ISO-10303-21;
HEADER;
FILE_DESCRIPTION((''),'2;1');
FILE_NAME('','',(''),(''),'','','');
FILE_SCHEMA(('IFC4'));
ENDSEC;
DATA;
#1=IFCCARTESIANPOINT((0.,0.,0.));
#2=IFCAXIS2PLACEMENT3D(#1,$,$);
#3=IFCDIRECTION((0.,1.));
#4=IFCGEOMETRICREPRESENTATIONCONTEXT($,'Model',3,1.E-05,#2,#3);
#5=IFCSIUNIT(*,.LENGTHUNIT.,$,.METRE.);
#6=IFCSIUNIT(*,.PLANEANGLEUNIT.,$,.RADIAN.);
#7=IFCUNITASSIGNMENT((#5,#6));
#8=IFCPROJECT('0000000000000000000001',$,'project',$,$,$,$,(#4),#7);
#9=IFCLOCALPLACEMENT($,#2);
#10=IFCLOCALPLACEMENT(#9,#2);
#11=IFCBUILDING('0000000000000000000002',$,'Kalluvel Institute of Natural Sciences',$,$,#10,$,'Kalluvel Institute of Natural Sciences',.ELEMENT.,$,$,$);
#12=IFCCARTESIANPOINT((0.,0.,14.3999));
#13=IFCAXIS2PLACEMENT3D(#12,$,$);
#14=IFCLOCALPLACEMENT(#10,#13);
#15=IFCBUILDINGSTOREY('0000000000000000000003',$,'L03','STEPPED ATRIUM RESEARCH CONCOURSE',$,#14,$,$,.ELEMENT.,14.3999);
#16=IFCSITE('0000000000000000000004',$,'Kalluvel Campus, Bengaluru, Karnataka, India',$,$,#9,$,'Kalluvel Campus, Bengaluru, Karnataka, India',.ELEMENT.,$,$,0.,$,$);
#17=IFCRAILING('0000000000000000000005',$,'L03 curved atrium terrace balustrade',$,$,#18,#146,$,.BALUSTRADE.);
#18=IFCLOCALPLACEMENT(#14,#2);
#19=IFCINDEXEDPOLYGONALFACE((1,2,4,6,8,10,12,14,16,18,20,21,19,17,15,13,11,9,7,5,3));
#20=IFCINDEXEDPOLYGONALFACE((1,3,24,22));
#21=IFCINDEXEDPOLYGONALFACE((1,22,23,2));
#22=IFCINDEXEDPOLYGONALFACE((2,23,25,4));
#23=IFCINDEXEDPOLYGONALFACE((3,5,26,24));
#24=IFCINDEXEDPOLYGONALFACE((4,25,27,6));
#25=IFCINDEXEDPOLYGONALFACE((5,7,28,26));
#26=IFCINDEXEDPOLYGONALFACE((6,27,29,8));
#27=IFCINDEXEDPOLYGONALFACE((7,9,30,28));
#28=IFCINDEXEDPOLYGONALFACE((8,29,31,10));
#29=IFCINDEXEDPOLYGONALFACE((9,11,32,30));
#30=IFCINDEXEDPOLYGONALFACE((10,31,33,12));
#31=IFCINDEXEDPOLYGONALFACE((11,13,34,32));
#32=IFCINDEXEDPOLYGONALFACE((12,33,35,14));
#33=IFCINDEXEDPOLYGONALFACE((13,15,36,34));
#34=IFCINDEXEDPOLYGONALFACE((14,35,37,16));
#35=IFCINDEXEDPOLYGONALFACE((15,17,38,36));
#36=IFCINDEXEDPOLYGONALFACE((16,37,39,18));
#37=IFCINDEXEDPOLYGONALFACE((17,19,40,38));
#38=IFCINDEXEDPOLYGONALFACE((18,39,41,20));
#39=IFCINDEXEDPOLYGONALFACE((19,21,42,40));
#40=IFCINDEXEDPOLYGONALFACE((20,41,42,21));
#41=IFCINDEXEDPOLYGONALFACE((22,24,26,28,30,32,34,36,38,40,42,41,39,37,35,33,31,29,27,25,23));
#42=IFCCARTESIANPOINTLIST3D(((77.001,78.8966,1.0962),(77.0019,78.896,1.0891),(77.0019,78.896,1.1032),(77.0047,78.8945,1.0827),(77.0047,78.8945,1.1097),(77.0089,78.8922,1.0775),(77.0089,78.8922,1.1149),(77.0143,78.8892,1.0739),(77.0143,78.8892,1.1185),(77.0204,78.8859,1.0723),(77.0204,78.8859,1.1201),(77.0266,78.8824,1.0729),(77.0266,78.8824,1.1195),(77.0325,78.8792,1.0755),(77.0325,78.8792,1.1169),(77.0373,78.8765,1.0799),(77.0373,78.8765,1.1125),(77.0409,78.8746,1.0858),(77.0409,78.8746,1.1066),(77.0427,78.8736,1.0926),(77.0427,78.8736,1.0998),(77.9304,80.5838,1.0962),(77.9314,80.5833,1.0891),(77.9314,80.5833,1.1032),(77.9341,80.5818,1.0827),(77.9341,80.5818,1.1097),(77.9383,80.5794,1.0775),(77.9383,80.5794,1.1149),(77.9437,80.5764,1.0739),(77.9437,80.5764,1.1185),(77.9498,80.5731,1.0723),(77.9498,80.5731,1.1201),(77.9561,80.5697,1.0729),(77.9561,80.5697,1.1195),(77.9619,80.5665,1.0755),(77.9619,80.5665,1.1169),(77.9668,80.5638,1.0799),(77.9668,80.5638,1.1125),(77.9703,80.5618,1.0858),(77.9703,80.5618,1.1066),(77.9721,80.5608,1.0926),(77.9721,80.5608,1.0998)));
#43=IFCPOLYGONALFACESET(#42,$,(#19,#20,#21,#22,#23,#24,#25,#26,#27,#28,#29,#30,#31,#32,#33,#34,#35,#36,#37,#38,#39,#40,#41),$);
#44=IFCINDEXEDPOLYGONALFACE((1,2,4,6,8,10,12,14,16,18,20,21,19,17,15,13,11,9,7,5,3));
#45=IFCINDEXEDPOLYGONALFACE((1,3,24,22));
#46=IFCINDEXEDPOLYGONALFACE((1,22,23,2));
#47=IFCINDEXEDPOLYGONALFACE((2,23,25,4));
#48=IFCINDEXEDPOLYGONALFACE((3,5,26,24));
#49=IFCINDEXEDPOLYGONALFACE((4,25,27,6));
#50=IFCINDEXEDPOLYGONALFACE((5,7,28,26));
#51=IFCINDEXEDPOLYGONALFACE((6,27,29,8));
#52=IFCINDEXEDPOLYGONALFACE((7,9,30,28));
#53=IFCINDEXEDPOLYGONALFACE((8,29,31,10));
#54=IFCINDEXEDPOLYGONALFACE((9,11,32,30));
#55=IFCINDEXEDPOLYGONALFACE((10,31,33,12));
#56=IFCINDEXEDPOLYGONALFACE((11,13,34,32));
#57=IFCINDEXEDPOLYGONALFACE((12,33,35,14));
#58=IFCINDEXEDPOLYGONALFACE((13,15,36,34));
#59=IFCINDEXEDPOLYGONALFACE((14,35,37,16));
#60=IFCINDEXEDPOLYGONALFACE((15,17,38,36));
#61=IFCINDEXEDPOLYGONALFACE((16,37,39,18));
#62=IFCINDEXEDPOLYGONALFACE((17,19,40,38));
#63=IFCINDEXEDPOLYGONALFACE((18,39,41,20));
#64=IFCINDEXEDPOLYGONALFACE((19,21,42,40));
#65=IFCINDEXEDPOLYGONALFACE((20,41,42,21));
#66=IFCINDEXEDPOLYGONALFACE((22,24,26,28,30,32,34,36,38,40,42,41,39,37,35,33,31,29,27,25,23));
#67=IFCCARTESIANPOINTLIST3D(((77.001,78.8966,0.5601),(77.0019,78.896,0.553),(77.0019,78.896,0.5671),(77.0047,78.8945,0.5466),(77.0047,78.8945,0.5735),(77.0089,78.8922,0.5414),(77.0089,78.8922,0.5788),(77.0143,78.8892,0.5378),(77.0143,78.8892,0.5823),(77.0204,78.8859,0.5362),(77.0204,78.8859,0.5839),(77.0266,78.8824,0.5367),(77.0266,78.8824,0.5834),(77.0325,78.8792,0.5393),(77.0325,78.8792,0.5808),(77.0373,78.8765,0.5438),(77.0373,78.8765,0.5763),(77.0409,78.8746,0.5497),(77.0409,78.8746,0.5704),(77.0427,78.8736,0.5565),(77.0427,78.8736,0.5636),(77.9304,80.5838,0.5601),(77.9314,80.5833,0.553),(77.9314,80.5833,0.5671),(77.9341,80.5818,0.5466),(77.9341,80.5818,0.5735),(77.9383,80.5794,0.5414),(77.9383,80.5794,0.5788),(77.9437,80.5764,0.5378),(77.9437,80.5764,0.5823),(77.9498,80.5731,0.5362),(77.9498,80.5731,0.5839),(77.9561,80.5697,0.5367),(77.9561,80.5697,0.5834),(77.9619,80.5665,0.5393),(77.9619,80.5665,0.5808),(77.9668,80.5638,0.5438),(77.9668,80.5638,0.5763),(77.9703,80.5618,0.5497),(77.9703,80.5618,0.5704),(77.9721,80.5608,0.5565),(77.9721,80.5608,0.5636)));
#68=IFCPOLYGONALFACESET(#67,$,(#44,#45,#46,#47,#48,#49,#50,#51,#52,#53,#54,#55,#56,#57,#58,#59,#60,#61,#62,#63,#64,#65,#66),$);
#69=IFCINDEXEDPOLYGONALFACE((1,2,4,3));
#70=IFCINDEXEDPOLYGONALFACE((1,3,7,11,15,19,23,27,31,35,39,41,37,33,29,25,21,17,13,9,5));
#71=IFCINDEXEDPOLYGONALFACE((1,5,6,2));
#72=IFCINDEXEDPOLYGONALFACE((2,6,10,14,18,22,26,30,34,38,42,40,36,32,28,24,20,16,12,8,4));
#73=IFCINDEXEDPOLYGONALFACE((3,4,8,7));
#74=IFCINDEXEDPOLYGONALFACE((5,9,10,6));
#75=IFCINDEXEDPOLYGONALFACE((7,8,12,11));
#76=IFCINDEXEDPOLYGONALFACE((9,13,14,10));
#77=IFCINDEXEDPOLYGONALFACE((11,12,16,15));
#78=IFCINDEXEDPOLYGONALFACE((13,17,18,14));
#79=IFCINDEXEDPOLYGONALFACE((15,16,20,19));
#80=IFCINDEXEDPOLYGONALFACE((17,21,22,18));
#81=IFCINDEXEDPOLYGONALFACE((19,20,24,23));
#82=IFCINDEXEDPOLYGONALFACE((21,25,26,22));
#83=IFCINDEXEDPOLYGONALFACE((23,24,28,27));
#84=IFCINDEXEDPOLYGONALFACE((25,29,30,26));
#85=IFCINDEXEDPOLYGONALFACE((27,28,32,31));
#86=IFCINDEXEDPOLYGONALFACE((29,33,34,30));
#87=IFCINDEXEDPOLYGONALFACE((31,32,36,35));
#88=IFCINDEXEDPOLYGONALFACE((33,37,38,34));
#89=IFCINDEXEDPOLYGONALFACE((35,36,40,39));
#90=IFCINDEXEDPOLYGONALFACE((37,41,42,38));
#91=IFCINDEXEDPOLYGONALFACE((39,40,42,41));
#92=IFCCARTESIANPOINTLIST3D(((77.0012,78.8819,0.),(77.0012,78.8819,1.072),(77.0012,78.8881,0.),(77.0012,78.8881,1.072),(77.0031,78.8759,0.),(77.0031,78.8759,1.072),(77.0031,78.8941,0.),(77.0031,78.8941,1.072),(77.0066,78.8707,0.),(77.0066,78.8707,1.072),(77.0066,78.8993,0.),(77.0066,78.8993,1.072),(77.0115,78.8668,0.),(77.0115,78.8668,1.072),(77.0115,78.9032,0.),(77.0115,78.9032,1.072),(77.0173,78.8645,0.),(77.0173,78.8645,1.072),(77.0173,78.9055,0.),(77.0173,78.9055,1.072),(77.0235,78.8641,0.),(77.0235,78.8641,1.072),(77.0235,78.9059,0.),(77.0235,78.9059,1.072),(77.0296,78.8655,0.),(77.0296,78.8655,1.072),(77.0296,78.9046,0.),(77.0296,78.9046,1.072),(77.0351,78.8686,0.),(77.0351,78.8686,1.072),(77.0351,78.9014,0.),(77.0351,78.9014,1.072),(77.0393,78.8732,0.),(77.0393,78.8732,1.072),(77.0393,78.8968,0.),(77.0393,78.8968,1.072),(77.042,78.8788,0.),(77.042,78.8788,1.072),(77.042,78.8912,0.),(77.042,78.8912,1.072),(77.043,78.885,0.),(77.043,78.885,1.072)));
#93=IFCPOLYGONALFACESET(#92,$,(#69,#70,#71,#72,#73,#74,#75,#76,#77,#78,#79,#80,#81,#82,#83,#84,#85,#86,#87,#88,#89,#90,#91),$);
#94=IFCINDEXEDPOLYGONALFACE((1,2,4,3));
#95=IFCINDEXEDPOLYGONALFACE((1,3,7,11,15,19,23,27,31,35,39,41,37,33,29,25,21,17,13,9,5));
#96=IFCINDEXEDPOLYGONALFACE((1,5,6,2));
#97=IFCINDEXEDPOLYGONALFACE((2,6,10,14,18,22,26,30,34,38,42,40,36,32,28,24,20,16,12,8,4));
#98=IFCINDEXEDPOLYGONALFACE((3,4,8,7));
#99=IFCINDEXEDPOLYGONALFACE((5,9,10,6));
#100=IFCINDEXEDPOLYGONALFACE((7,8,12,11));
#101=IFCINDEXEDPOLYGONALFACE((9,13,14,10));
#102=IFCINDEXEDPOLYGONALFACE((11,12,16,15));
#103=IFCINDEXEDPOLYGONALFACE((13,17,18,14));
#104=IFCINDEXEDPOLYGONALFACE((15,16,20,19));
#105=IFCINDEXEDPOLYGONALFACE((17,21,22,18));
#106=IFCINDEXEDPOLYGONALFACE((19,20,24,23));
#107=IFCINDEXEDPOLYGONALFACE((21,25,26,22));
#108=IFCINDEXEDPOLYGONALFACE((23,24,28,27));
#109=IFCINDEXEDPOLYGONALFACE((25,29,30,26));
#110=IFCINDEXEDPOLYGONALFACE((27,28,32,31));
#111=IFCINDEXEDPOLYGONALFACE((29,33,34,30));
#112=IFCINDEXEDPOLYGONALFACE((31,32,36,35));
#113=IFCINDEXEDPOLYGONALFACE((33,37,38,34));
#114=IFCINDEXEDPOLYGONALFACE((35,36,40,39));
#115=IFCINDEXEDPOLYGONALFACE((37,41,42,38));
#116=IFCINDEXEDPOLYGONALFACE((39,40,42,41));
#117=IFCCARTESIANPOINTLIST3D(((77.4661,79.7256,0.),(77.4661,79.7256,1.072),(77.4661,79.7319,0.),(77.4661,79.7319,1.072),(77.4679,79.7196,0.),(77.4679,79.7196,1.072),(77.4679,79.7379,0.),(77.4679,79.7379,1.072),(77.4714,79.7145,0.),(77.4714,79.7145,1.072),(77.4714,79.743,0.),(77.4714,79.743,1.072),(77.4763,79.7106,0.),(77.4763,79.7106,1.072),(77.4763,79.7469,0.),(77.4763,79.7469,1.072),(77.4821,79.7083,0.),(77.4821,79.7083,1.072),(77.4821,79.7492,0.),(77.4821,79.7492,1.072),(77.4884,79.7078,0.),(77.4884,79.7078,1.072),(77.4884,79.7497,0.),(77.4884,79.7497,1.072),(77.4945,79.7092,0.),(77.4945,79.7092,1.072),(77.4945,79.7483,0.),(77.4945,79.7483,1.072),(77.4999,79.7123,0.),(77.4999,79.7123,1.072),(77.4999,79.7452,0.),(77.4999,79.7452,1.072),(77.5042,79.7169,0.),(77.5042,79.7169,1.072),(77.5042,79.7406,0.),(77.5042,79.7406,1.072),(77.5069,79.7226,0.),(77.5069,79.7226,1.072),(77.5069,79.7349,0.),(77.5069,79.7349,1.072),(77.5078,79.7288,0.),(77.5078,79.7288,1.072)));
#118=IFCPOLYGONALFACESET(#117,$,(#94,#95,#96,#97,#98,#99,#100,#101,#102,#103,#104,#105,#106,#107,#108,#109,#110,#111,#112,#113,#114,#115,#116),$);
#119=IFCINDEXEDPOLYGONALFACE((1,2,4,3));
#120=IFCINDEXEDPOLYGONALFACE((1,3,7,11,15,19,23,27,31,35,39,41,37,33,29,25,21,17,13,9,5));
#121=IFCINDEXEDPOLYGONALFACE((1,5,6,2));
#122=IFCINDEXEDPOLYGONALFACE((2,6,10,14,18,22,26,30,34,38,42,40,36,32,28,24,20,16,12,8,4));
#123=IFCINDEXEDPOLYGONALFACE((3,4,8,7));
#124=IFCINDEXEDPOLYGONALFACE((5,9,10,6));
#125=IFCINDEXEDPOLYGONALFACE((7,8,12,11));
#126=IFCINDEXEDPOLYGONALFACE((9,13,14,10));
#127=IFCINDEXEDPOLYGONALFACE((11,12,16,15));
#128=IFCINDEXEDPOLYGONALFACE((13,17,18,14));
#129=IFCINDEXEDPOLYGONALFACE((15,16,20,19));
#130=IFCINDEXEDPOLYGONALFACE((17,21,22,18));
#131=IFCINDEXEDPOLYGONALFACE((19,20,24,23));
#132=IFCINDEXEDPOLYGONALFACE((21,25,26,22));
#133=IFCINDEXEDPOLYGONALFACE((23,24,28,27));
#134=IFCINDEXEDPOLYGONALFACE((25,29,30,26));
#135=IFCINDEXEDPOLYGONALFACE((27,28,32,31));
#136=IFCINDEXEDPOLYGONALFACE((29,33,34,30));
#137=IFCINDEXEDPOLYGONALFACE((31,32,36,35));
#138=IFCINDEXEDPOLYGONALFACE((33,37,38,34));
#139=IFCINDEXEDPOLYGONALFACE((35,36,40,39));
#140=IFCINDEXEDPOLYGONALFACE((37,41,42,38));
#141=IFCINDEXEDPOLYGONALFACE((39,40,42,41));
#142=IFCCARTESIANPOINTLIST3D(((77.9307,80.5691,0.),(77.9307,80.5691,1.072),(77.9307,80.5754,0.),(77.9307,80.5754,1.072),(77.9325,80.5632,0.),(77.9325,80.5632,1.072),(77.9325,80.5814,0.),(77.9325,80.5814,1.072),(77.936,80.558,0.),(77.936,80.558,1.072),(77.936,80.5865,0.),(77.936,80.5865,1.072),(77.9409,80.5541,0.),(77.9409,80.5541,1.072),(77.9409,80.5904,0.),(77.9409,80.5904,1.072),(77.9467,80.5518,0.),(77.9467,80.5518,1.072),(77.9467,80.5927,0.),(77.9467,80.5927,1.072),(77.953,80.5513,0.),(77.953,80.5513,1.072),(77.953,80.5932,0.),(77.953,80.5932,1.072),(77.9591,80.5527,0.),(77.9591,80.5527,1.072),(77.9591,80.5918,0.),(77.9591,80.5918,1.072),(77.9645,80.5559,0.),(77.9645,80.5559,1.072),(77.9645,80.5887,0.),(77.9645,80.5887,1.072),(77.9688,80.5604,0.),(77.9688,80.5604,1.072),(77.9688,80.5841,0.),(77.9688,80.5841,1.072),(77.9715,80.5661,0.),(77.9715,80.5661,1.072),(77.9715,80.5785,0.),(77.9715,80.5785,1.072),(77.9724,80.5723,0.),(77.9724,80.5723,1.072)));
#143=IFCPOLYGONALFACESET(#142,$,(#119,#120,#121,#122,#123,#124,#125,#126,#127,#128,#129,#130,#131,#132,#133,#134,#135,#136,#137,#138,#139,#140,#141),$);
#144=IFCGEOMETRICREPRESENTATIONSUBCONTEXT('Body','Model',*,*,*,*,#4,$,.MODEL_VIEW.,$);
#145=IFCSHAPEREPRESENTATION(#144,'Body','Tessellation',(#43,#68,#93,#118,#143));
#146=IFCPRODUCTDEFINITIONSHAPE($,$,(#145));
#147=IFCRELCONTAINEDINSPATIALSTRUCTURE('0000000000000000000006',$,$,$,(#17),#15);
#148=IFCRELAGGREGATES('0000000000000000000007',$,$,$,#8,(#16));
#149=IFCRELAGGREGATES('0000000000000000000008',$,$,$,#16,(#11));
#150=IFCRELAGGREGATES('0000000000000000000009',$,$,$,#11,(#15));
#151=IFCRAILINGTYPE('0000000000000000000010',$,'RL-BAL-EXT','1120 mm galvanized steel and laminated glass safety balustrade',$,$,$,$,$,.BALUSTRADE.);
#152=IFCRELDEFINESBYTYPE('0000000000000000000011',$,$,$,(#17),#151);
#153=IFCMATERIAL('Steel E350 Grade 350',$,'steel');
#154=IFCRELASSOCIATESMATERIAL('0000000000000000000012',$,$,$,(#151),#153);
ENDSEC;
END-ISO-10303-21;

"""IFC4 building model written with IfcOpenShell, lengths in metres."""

from ifc_helpers import new_model, si_unit, direction, frame, origin, origin_2d, place, context, subcontext, project, spatial, circle, extrude, material, type_object, element, save


model = new_model("IFC4")

# Units and contexts
model_context = context("Model", 3, precision=1e-05, world=origin(), true_north=direction((0.0, 1.0)))
body_context = subcontext(model_context, "Body", "Model", "MODEL_VIEW")
ifc_project = project(units=[si_unit("LENGTHUNIT", "METRE"), si_unit("PLANEANGLEUNIT", "RADIAN")], contexts=[model_context])

# Site, building, storey
site_placement = place(None, origin())
site = spatial("IfcSite", under=ifc_project, at=site_placement, Name="Kalluvel Campus, Bengaluru, Karnataka, India", LongName="Kalluvel Campus, Bengaluru, Karnataka, India", CompositionType="ELEMENT", RefElevation=0.0)
building_placement = place(site_placement, origin())
building = spatial("IfcBuilding", under=site, at=building_placement, Name="Kalluvel Institute of Natural Sciences", LongName="Kalluvel Institute of Natural Sciences", CompositionType="ELEMENT")
storey_placement = place(building_placement, frame((0.0, 0.0, 14.3999)))
storey = spatial("IfcBuildingStorey", under=building, at=storey_placement, Name="L03", Description="STEPPED ATRIUM RESEARCH CONCOURSE", CompositionType="ELEMENT", Elevation=14.3999)

# Railing
ifc_material_1 = material(Name="Steel E350 Grade 350", Category="steel")
railing_type = type_object("IfcRailingType", Name="RL-BAL-EXT", Description="1120 mm galvanized steel and laminated glass safety balustrade", PredefinedType="BALUSTRADE", material=ifc_material_1)
railing_1_placement = place(storey_placement, frame((77.022, 78.885, 0.0)))
element("IfcRailing", 1, at=railing_1_placement, inside=storey, type_object=railing_type, Name="L03 curved atrium terrace balustrade", PredefinedType="BALUSTRADE", context=body_context, shape_type="SweptSolid", body=[
    extrude(circle(Radius=0.0239, at=origin_2d()), frame((0.0, 0.0, 1.0962), z_axis=(0.482498, 0.875897, 0.0), x_axis=(-0.875897, 0.482498, 0.0)), (0.0, 0.0, 1.0), 1.9263),
    extrude(circle(Radius=0.0239, at=origin_2d()), frame((0.0, 0.0, 0.5601), z_axis=(0.482498, 0.875897, 0.0), x_axis=(-0.875897, 0.482498, 0.0)), (0.0, 0.0, 1.0), 1.9263),
    extrude(circle(Radius=0.021, at=origin_2d()), origin(), (0.0, 0.0, 1.0), 1.072),
    extrude(circle(Radius=0.021, at=origin_2d()), frame((0.4648, 0.8438, 0.0)), (0.0, 0.0, 1.0), 1.072),
    extrude(circle(Radius=0.021, at=origin_2d()), frame((0.9294, 1.6873, 0.0)), (0.0, 0.0, 1.0), 1.072),
])

save(model, "model.ifc")
